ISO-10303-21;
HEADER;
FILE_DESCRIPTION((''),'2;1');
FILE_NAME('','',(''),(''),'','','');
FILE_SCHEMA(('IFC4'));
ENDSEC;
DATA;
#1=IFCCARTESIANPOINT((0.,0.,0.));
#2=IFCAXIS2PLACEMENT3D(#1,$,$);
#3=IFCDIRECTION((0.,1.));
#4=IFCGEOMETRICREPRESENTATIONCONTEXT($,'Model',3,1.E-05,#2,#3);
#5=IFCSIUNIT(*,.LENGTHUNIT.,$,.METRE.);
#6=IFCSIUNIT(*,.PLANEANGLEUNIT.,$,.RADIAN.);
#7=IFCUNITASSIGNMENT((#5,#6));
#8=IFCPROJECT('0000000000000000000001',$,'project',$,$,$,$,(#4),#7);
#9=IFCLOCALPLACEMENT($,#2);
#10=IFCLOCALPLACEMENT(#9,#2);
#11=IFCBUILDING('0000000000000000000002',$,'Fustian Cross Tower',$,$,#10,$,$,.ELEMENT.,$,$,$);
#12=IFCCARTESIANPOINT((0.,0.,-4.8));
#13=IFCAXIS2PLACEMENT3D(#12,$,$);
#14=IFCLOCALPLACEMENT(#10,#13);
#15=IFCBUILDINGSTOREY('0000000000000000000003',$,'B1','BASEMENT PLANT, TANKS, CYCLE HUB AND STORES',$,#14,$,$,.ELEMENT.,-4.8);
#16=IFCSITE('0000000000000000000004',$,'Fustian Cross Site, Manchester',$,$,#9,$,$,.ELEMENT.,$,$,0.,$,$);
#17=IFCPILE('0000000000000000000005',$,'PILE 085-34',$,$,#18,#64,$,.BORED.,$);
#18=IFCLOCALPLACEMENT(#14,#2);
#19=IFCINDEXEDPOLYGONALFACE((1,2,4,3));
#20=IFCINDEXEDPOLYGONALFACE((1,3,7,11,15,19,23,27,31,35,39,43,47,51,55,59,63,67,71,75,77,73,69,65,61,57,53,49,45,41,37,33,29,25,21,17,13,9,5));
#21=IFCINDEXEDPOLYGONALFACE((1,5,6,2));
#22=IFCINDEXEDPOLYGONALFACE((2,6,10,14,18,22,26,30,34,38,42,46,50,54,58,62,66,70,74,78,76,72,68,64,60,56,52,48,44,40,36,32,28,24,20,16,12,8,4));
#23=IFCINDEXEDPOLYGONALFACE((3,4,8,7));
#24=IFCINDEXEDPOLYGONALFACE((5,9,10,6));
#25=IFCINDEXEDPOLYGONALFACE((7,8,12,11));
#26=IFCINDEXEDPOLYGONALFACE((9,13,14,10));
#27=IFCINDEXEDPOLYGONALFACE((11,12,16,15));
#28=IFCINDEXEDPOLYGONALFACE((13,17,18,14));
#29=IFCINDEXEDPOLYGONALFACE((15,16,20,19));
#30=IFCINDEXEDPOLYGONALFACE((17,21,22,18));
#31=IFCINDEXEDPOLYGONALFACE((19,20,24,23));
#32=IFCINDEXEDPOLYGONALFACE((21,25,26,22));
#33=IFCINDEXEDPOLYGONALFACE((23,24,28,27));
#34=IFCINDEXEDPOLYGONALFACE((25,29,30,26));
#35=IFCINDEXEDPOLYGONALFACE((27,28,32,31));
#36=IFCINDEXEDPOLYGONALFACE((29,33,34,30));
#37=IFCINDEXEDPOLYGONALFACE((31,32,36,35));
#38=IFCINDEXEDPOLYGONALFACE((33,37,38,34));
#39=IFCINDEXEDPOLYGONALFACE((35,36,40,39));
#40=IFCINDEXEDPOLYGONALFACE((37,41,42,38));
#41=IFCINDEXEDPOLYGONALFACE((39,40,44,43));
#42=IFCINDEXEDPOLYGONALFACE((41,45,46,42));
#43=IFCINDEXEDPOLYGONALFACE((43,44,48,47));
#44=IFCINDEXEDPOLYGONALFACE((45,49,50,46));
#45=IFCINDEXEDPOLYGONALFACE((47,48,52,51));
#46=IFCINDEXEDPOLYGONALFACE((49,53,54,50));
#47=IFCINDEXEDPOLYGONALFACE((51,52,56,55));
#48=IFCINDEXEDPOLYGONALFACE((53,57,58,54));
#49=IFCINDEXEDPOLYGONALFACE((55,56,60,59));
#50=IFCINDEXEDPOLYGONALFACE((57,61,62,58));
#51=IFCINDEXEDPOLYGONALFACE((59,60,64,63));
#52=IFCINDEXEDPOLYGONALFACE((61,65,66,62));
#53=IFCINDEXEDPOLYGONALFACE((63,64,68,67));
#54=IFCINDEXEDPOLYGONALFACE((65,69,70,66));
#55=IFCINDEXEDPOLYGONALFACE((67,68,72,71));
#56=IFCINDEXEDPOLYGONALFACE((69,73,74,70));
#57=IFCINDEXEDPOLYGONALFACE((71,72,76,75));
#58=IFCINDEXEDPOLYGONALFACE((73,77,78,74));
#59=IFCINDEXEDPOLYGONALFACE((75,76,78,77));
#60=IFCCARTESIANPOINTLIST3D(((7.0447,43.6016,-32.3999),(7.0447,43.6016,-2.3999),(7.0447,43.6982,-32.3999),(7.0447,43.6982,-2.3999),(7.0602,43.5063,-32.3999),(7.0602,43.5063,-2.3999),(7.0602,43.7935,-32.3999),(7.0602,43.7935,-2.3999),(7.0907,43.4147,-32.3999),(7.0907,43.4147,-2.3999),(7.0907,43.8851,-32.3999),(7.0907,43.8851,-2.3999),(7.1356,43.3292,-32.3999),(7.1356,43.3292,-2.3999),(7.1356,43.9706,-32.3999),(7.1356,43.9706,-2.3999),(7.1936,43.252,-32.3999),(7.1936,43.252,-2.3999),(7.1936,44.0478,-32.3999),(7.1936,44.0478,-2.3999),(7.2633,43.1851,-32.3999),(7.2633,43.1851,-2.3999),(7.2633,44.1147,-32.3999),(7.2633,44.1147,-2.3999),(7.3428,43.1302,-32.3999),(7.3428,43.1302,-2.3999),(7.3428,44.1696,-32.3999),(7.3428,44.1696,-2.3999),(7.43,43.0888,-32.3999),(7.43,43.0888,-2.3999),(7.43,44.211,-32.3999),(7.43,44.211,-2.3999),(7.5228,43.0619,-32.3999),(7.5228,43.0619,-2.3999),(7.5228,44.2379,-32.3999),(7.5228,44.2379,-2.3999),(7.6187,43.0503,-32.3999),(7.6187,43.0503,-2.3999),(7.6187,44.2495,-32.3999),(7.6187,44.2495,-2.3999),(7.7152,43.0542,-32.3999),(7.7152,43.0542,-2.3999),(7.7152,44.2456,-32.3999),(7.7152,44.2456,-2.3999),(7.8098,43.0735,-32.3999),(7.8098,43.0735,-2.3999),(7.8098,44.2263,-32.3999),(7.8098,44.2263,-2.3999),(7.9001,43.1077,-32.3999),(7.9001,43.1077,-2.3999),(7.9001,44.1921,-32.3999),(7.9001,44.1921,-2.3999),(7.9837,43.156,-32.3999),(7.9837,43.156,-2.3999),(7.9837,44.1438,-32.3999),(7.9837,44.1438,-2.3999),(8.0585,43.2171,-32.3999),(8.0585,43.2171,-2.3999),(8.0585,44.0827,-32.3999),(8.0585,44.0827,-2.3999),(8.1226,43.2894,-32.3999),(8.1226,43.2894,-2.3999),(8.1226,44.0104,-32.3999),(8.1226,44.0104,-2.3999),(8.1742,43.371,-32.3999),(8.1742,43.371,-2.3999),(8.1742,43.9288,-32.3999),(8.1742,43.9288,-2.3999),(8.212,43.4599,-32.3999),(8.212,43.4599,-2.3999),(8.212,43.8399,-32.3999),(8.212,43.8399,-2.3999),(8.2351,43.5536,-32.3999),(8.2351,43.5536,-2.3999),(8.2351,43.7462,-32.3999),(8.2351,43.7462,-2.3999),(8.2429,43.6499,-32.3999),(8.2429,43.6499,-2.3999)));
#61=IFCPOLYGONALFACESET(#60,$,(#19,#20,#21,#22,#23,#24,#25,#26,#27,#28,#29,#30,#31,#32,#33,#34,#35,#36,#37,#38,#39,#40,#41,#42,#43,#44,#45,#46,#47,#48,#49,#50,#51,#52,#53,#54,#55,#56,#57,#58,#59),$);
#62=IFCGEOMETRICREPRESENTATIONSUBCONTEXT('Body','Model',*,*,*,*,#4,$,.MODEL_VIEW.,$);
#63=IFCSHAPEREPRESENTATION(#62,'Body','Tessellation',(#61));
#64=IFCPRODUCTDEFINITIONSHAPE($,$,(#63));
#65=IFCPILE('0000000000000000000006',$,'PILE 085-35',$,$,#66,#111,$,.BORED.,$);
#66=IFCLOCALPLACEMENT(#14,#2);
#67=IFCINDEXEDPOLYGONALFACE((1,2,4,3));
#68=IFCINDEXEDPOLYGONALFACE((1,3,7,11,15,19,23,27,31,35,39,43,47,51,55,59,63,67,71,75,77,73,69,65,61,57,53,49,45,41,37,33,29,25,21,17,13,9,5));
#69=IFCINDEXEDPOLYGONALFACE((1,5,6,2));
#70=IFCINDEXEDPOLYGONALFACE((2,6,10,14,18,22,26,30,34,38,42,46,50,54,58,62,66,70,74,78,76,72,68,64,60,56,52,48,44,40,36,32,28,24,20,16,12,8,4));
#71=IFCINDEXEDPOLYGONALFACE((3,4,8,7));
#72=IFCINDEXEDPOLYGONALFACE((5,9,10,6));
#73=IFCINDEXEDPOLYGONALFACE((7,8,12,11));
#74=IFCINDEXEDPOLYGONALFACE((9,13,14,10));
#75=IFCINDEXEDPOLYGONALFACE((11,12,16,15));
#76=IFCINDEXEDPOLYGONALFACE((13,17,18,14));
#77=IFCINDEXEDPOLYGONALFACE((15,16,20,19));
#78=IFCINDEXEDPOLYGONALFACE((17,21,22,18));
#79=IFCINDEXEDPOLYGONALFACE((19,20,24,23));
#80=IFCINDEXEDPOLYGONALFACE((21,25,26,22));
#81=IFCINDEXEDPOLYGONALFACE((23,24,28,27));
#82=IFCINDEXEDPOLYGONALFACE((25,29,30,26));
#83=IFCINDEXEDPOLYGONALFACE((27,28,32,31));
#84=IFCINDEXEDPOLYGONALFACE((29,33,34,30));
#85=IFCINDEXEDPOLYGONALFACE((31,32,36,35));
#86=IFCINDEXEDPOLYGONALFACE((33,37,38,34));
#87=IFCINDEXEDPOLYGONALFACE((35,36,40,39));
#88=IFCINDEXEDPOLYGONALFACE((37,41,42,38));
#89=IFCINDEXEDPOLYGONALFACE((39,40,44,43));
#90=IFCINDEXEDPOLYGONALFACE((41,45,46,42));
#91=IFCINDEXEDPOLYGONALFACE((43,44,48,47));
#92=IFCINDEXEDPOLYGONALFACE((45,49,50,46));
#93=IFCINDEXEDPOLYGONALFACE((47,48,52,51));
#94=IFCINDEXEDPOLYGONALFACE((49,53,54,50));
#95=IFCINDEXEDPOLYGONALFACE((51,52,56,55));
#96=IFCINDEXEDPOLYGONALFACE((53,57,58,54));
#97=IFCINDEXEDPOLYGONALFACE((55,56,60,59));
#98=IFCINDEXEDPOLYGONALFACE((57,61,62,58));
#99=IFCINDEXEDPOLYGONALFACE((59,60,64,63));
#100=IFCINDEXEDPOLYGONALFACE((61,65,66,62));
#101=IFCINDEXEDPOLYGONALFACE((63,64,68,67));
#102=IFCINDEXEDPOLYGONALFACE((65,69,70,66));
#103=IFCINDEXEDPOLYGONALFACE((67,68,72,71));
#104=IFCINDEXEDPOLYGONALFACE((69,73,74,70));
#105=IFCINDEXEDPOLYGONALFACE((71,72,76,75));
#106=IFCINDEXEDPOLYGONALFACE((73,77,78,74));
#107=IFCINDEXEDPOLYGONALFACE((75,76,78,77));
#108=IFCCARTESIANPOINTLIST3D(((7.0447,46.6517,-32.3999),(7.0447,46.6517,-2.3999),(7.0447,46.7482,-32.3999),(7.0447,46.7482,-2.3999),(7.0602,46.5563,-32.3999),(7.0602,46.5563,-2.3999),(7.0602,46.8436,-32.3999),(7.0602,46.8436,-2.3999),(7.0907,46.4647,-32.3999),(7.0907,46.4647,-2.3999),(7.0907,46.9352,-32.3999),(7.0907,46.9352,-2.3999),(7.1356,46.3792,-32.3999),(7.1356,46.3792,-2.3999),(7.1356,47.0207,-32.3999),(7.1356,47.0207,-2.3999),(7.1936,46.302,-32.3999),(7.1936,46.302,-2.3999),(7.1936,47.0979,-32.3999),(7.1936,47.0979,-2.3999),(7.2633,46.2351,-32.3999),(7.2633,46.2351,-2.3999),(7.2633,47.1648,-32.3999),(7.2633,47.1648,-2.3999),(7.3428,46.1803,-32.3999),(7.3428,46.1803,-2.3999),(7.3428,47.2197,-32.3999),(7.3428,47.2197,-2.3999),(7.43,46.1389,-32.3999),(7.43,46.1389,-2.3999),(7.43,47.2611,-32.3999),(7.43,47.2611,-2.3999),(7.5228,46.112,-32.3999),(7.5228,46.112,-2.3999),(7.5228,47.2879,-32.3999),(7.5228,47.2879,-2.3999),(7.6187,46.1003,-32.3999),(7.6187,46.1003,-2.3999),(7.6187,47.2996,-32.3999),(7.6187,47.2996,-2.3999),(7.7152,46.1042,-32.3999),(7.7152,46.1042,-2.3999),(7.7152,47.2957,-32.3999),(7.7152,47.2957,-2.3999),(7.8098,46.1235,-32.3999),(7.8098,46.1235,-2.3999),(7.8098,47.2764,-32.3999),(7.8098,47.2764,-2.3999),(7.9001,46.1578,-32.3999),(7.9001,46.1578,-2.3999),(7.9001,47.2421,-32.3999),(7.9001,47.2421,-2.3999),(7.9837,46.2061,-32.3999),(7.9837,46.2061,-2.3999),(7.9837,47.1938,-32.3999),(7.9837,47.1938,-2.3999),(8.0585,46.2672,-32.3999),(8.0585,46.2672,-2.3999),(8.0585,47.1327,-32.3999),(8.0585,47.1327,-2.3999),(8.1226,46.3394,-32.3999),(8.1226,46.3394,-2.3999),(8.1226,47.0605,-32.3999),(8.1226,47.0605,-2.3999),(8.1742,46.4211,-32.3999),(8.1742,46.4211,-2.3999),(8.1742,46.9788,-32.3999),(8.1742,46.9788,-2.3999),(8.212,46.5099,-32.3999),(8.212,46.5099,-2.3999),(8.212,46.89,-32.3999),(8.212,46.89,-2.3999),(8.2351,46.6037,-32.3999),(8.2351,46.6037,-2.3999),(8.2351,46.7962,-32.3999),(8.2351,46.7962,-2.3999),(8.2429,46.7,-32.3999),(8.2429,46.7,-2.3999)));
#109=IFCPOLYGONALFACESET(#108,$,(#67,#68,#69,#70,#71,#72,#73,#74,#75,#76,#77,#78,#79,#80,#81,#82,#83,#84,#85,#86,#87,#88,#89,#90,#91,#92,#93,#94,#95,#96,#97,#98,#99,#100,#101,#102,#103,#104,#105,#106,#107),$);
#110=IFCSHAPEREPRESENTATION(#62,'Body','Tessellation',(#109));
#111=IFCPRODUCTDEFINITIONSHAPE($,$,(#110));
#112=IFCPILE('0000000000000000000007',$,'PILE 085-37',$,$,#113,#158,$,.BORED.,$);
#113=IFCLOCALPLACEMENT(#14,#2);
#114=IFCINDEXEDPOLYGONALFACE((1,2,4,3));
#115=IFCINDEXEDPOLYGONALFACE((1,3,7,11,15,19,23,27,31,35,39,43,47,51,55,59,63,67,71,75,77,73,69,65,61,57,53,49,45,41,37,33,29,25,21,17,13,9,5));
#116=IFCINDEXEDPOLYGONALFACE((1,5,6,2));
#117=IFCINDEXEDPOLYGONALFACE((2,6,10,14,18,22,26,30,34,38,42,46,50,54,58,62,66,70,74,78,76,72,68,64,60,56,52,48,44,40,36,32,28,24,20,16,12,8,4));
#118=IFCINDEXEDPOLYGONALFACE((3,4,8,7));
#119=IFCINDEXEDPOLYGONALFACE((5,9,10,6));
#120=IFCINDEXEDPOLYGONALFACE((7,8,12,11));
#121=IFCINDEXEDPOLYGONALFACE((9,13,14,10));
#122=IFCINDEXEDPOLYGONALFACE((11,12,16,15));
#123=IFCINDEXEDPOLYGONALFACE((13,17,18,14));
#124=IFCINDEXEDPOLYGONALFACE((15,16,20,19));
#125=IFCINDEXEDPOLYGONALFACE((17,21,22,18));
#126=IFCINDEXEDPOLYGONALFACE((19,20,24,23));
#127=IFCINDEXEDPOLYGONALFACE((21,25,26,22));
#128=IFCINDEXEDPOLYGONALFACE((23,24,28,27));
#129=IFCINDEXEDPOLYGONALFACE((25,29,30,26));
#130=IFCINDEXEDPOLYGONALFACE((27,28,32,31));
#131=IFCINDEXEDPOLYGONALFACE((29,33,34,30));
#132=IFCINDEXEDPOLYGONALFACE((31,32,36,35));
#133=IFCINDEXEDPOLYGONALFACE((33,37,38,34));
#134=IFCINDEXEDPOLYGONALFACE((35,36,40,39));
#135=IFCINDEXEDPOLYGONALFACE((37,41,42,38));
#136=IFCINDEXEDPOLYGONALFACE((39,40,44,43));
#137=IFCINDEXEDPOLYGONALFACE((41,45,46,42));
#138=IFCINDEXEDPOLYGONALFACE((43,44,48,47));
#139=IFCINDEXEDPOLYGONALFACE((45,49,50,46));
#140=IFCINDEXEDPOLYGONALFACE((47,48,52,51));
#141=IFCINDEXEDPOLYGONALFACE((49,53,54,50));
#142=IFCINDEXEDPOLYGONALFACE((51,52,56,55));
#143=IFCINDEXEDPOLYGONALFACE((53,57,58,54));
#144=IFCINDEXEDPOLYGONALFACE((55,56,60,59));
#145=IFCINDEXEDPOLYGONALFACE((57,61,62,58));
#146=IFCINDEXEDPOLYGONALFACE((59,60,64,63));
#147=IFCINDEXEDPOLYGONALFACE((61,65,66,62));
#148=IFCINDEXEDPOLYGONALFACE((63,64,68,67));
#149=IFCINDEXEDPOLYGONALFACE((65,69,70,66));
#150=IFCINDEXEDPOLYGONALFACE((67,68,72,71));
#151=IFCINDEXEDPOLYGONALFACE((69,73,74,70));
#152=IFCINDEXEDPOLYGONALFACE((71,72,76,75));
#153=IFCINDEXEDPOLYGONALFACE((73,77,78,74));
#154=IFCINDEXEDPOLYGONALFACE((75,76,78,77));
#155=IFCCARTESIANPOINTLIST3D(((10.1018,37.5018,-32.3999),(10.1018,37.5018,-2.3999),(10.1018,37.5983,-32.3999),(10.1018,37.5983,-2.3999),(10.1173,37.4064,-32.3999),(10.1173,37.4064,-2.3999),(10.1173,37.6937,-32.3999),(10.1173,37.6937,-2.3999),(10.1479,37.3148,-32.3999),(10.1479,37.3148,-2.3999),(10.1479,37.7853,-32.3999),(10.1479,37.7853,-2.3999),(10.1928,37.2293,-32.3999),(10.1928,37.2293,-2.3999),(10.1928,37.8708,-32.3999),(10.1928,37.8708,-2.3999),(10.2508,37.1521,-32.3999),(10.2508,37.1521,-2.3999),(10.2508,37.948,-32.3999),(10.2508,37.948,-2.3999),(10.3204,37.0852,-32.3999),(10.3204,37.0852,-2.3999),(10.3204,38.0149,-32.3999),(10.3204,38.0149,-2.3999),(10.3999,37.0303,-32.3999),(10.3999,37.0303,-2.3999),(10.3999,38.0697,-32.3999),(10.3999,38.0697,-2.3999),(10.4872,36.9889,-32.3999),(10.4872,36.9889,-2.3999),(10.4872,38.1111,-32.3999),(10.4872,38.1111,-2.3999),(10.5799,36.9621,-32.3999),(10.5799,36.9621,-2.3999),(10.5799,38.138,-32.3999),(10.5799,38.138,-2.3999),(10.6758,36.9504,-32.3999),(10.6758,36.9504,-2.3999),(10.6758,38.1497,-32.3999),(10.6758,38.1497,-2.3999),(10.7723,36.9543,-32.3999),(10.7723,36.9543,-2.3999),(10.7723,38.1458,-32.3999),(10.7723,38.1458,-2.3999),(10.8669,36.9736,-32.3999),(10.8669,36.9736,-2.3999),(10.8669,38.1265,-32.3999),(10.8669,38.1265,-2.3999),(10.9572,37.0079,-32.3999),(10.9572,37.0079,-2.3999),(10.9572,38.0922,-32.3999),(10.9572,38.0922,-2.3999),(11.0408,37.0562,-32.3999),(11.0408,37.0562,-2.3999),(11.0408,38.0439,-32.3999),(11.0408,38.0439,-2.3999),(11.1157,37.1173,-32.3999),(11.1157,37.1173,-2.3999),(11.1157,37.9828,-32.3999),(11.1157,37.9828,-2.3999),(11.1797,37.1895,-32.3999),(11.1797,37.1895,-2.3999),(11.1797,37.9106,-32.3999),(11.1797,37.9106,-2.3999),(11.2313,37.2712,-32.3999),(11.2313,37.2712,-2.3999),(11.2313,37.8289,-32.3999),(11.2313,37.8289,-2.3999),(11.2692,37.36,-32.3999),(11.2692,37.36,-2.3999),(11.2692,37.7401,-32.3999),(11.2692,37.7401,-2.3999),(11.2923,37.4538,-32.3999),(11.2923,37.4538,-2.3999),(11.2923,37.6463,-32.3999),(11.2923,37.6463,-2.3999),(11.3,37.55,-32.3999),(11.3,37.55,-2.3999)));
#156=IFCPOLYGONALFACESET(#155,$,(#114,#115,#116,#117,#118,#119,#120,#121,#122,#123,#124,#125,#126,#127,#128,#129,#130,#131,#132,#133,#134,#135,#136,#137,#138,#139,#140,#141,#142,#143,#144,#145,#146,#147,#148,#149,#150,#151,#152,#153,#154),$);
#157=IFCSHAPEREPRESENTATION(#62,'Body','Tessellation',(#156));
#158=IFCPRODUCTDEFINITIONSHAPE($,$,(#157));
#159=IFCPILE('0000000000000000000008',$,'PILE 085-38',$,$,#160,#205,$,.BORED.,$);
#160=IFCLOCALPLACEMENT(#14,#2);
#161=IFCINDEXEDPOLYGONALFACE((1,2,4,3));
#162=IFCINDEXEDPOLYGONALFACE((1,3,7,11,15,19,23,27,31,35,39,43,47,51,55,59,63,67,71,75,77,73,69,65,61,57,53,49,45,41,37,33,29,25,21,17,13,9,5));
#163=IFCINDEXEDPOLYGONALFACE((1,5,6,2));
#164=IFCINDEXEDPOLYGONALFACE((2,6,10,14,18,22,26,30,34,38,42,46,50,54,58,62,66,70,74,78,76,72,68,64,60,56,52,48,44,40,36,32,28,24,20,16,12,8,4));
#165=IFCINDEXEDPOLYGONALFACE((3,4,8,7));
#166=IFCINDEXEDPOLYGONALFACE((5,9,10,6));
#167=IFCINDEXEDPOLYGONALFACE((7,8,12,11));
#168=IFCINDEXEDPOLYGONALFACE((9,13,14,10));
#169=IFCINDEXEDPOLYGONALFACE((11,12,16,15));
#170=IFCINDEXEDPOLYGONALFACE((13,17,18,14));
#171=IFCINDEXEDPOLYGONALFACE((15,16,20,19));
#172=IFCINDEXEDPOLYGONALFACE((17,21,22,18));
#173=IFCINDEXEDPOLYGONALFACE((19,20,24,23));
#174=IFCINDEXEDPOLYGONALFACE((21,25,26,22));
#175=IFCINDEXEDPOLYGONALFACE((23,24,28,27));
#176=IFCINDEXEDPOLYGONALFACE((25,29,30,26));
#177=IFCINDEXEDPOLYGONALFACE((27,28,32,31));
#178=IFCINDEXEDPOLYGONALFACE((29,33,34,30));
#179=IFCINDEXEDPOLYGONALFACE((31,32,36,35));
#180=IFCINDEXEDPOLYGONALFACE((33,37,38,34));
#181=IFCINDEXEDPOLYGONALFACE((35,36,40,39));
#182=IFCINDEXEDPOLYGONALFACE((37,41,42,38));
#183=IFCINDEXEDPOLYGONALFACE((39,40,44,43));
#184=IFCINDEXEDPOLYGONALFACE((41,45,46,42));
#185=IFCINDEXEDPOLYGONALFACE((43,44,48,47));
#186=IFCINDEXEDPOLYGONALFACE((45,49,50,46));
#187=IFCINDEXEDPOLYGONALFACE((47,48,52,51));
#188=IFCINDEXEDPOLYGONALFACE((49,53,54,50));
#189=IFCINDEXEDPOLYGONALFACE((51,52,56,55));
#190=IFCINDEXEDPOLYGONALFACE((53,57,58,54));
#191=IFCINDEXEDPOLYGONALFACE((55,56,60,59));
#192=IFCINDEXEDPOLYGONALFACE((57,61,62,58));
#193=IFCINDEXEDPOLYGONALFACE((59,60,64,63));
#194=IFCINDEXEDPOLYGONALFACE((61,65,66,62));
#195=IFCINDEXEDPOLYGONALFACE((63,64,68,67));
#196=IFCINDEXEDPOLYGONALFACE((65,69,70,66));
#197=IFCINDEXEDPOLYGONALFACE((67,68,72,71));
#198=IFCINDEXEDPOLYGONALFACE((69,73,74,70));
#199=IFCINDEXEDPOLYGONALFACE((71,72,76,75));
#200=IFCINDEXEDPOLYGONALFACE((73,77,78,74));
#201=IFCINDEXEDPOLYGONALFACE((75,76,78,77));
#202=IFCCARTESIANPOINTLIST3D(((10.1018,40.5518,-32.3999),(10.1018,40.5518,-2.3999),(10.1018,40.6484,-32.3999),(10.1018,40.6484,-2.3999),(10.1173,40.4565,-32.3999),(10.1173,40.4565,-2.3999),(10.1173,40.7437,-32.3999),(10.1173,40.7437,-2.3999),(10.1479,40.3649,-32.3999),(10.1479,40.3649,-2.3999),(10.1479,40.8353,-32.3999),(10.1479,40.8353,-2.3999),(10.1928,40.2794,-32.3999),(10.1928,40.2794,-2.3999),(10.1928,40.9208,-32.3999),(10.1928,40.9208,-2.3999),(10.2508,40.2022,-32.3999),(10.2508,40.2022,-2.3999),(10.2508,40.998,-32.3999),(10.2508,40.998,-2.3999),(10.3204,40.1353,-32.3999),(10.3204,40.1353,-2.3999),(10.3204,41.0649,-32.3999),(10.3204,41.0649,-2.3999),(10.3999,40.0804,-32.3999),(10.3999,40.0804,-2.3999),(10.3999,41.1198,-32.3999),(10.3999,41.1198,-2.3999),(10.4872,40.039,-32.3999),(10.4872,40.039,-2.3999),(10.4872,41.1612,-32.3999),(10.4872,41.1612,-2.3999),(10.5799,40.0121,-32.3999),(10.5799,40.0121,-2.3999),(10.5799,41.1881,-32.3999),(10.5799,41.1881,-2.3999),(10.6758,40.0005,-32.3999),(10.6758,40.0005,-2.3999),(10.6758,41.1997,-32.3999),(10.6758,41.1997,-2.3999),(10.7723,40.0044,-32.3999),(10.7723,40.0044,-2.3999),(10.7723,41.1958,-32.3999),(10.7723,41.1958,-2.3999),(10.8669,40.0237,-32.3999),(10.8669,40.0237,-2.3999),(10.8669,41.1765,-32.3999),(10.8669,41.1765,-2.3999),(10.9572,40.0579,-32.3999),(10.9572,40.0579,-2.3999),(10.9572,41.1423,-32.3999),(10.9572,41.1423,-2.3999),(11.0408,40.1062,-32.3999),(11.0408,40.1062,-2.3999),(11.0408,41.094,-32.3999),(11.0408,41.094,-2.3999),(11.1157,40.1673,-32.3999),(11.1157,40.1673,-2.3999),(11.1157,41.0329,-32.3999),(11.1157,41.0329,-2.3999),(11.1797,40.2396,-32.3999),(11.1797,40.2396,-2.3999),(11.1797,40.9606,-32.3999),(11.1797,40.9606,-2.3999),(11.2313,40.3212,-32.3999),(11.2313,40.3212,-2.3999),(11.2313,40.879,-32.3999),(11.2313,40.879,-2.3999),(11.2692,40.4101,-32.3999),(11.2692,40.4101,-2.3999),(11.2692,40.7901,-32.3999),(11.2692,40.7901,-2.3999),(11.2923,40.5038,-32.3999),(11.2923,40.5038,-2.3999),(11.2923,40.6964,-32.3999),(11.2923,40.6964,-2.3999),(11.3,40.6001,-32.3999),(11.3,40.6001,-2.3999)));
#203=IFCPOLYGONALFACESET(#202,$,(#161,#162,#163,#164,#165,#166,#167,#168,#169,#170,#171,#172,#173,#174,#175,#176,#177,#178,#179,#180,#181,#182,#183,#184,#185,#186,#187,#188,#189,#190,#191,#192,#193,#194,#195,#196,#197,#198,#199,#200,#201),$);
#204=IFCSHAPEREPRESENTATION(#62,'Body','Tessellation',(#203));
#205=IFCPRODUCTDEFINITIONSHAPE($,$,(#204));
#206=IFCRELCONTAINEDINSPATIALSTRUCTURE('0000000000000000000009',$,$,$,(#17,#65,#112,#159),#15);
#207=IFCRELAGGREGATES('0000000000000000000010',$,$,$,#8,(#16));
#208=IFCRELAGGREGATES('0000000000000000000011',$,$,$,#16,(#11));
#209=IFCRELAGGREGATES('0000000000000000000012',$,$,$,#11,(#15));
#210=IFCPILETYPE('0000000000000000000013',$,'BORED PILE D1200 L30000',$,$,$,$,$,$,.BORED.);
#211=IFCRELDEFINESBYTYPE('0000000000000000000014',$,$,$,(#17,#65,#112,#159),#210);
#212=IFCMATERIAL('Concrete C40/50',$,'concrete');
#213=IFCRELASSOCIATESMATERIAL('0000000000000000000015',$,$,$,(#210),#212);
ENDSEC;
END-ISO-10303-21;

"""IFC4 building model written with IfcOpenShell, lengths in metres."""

from ifc_helpers import new_model, si_unit, direction, frame, origin, origin_2d, place, context, subcontext, project, spatial, circle, extrude, material, material_profile, profile_set, type_object, element, save


model = new_model("IFC4")

# Units and contexts
model_context = context("Model", 3, precision=1e-05, world=origin(), true_north=direction((0.0, 1.0)))
body_context = subcontext(model_context, "Body", "Model", "MODEL_VIEW")
ifc_project = project(units=[si_unit("LENGTHUNIT", "METRE"), si_unit("PLANEANGLEUNIT", "RADIAN")], contexts=[model_context])

# Site, building, storey
site_placement = place(None, origin())
site = spatial("IfcSite", under=ifc_project, at=site_placement, Name="Fustian Cross Site, Manchester", CompositionType="ELEMENT", RefElevation=0.0)
building_placement = place(site_placement, origin())
building = spatial("IfcBuilding", under=site, at=building_placement, Name="Fustian Cross Tower", CompositionType="ELEMENT")
storey_placement = place(building_placement, frame((0.0, 0.0, -4.8)))
storey = spatial("IfcBuildingStorey", under=building, at=storey_placement, Name="B1", Description="BASEMENT PLANT, TANKS, CYCLE HUB AND STORES", CompositionType="ELEMENT", Elevation=-4.8)

# Piles
ifc_material_1 = material(Name="Concrete C40/50", Category="concrete")
ifc_material_profile_1 = material_profile(ifc_material_1, circle(Radius=0.6001, at=origin_2d()), Name="BORED PILE D1200 L30000")
ifc_profile_set_1 = profile_set([ifc_material_profile_1], Name="Concrete C40/50")
pile_type_1 = type_object("IfcPileType", Name="BORED PILE D1200 L30000", PredefinedType="BORED", material=ifc_profile_set_1)
for number, where, z_axis, x_axis, name in (
    (1, (7.6428, 43.6499, -2.3999), (0.0, 0.0, -1.0), (1.0, 0.0, 0.0), "PILE 085-34"),
    (2, (7.6428, 46.7, -2.3999), (0.0, 0.0, -1.0), (1.0, 0.0, 0.0), "PILE 085-35"),
    (3, (10.7, 37.55, -2.3999), (0.0, 0.0, -1.0), (1.0, 0.0, 0.0), "PILE 085-37"),
    (4, (10.7, 40.6001, -2.3999), (0.0, 0.0, -1.0), (1.0, 0.0, 0.0), "PILE 085-38"),
):
    element("IfcPile", number, at=place(storey_placement, frame(where, z_axis=z_axis, x_axis=x_axis)), inside=storey, type_object=pile_type_1, Name=name, PredefinedType="BORED", context=body_context, shape_type="SweptSolid", body=[
        extrude(circle(Radius=0.6001, at=origin_2d()), origin(), (0.0, 0.0, 1.0), 30.0),
    ])

save(model, "model.ifc")
